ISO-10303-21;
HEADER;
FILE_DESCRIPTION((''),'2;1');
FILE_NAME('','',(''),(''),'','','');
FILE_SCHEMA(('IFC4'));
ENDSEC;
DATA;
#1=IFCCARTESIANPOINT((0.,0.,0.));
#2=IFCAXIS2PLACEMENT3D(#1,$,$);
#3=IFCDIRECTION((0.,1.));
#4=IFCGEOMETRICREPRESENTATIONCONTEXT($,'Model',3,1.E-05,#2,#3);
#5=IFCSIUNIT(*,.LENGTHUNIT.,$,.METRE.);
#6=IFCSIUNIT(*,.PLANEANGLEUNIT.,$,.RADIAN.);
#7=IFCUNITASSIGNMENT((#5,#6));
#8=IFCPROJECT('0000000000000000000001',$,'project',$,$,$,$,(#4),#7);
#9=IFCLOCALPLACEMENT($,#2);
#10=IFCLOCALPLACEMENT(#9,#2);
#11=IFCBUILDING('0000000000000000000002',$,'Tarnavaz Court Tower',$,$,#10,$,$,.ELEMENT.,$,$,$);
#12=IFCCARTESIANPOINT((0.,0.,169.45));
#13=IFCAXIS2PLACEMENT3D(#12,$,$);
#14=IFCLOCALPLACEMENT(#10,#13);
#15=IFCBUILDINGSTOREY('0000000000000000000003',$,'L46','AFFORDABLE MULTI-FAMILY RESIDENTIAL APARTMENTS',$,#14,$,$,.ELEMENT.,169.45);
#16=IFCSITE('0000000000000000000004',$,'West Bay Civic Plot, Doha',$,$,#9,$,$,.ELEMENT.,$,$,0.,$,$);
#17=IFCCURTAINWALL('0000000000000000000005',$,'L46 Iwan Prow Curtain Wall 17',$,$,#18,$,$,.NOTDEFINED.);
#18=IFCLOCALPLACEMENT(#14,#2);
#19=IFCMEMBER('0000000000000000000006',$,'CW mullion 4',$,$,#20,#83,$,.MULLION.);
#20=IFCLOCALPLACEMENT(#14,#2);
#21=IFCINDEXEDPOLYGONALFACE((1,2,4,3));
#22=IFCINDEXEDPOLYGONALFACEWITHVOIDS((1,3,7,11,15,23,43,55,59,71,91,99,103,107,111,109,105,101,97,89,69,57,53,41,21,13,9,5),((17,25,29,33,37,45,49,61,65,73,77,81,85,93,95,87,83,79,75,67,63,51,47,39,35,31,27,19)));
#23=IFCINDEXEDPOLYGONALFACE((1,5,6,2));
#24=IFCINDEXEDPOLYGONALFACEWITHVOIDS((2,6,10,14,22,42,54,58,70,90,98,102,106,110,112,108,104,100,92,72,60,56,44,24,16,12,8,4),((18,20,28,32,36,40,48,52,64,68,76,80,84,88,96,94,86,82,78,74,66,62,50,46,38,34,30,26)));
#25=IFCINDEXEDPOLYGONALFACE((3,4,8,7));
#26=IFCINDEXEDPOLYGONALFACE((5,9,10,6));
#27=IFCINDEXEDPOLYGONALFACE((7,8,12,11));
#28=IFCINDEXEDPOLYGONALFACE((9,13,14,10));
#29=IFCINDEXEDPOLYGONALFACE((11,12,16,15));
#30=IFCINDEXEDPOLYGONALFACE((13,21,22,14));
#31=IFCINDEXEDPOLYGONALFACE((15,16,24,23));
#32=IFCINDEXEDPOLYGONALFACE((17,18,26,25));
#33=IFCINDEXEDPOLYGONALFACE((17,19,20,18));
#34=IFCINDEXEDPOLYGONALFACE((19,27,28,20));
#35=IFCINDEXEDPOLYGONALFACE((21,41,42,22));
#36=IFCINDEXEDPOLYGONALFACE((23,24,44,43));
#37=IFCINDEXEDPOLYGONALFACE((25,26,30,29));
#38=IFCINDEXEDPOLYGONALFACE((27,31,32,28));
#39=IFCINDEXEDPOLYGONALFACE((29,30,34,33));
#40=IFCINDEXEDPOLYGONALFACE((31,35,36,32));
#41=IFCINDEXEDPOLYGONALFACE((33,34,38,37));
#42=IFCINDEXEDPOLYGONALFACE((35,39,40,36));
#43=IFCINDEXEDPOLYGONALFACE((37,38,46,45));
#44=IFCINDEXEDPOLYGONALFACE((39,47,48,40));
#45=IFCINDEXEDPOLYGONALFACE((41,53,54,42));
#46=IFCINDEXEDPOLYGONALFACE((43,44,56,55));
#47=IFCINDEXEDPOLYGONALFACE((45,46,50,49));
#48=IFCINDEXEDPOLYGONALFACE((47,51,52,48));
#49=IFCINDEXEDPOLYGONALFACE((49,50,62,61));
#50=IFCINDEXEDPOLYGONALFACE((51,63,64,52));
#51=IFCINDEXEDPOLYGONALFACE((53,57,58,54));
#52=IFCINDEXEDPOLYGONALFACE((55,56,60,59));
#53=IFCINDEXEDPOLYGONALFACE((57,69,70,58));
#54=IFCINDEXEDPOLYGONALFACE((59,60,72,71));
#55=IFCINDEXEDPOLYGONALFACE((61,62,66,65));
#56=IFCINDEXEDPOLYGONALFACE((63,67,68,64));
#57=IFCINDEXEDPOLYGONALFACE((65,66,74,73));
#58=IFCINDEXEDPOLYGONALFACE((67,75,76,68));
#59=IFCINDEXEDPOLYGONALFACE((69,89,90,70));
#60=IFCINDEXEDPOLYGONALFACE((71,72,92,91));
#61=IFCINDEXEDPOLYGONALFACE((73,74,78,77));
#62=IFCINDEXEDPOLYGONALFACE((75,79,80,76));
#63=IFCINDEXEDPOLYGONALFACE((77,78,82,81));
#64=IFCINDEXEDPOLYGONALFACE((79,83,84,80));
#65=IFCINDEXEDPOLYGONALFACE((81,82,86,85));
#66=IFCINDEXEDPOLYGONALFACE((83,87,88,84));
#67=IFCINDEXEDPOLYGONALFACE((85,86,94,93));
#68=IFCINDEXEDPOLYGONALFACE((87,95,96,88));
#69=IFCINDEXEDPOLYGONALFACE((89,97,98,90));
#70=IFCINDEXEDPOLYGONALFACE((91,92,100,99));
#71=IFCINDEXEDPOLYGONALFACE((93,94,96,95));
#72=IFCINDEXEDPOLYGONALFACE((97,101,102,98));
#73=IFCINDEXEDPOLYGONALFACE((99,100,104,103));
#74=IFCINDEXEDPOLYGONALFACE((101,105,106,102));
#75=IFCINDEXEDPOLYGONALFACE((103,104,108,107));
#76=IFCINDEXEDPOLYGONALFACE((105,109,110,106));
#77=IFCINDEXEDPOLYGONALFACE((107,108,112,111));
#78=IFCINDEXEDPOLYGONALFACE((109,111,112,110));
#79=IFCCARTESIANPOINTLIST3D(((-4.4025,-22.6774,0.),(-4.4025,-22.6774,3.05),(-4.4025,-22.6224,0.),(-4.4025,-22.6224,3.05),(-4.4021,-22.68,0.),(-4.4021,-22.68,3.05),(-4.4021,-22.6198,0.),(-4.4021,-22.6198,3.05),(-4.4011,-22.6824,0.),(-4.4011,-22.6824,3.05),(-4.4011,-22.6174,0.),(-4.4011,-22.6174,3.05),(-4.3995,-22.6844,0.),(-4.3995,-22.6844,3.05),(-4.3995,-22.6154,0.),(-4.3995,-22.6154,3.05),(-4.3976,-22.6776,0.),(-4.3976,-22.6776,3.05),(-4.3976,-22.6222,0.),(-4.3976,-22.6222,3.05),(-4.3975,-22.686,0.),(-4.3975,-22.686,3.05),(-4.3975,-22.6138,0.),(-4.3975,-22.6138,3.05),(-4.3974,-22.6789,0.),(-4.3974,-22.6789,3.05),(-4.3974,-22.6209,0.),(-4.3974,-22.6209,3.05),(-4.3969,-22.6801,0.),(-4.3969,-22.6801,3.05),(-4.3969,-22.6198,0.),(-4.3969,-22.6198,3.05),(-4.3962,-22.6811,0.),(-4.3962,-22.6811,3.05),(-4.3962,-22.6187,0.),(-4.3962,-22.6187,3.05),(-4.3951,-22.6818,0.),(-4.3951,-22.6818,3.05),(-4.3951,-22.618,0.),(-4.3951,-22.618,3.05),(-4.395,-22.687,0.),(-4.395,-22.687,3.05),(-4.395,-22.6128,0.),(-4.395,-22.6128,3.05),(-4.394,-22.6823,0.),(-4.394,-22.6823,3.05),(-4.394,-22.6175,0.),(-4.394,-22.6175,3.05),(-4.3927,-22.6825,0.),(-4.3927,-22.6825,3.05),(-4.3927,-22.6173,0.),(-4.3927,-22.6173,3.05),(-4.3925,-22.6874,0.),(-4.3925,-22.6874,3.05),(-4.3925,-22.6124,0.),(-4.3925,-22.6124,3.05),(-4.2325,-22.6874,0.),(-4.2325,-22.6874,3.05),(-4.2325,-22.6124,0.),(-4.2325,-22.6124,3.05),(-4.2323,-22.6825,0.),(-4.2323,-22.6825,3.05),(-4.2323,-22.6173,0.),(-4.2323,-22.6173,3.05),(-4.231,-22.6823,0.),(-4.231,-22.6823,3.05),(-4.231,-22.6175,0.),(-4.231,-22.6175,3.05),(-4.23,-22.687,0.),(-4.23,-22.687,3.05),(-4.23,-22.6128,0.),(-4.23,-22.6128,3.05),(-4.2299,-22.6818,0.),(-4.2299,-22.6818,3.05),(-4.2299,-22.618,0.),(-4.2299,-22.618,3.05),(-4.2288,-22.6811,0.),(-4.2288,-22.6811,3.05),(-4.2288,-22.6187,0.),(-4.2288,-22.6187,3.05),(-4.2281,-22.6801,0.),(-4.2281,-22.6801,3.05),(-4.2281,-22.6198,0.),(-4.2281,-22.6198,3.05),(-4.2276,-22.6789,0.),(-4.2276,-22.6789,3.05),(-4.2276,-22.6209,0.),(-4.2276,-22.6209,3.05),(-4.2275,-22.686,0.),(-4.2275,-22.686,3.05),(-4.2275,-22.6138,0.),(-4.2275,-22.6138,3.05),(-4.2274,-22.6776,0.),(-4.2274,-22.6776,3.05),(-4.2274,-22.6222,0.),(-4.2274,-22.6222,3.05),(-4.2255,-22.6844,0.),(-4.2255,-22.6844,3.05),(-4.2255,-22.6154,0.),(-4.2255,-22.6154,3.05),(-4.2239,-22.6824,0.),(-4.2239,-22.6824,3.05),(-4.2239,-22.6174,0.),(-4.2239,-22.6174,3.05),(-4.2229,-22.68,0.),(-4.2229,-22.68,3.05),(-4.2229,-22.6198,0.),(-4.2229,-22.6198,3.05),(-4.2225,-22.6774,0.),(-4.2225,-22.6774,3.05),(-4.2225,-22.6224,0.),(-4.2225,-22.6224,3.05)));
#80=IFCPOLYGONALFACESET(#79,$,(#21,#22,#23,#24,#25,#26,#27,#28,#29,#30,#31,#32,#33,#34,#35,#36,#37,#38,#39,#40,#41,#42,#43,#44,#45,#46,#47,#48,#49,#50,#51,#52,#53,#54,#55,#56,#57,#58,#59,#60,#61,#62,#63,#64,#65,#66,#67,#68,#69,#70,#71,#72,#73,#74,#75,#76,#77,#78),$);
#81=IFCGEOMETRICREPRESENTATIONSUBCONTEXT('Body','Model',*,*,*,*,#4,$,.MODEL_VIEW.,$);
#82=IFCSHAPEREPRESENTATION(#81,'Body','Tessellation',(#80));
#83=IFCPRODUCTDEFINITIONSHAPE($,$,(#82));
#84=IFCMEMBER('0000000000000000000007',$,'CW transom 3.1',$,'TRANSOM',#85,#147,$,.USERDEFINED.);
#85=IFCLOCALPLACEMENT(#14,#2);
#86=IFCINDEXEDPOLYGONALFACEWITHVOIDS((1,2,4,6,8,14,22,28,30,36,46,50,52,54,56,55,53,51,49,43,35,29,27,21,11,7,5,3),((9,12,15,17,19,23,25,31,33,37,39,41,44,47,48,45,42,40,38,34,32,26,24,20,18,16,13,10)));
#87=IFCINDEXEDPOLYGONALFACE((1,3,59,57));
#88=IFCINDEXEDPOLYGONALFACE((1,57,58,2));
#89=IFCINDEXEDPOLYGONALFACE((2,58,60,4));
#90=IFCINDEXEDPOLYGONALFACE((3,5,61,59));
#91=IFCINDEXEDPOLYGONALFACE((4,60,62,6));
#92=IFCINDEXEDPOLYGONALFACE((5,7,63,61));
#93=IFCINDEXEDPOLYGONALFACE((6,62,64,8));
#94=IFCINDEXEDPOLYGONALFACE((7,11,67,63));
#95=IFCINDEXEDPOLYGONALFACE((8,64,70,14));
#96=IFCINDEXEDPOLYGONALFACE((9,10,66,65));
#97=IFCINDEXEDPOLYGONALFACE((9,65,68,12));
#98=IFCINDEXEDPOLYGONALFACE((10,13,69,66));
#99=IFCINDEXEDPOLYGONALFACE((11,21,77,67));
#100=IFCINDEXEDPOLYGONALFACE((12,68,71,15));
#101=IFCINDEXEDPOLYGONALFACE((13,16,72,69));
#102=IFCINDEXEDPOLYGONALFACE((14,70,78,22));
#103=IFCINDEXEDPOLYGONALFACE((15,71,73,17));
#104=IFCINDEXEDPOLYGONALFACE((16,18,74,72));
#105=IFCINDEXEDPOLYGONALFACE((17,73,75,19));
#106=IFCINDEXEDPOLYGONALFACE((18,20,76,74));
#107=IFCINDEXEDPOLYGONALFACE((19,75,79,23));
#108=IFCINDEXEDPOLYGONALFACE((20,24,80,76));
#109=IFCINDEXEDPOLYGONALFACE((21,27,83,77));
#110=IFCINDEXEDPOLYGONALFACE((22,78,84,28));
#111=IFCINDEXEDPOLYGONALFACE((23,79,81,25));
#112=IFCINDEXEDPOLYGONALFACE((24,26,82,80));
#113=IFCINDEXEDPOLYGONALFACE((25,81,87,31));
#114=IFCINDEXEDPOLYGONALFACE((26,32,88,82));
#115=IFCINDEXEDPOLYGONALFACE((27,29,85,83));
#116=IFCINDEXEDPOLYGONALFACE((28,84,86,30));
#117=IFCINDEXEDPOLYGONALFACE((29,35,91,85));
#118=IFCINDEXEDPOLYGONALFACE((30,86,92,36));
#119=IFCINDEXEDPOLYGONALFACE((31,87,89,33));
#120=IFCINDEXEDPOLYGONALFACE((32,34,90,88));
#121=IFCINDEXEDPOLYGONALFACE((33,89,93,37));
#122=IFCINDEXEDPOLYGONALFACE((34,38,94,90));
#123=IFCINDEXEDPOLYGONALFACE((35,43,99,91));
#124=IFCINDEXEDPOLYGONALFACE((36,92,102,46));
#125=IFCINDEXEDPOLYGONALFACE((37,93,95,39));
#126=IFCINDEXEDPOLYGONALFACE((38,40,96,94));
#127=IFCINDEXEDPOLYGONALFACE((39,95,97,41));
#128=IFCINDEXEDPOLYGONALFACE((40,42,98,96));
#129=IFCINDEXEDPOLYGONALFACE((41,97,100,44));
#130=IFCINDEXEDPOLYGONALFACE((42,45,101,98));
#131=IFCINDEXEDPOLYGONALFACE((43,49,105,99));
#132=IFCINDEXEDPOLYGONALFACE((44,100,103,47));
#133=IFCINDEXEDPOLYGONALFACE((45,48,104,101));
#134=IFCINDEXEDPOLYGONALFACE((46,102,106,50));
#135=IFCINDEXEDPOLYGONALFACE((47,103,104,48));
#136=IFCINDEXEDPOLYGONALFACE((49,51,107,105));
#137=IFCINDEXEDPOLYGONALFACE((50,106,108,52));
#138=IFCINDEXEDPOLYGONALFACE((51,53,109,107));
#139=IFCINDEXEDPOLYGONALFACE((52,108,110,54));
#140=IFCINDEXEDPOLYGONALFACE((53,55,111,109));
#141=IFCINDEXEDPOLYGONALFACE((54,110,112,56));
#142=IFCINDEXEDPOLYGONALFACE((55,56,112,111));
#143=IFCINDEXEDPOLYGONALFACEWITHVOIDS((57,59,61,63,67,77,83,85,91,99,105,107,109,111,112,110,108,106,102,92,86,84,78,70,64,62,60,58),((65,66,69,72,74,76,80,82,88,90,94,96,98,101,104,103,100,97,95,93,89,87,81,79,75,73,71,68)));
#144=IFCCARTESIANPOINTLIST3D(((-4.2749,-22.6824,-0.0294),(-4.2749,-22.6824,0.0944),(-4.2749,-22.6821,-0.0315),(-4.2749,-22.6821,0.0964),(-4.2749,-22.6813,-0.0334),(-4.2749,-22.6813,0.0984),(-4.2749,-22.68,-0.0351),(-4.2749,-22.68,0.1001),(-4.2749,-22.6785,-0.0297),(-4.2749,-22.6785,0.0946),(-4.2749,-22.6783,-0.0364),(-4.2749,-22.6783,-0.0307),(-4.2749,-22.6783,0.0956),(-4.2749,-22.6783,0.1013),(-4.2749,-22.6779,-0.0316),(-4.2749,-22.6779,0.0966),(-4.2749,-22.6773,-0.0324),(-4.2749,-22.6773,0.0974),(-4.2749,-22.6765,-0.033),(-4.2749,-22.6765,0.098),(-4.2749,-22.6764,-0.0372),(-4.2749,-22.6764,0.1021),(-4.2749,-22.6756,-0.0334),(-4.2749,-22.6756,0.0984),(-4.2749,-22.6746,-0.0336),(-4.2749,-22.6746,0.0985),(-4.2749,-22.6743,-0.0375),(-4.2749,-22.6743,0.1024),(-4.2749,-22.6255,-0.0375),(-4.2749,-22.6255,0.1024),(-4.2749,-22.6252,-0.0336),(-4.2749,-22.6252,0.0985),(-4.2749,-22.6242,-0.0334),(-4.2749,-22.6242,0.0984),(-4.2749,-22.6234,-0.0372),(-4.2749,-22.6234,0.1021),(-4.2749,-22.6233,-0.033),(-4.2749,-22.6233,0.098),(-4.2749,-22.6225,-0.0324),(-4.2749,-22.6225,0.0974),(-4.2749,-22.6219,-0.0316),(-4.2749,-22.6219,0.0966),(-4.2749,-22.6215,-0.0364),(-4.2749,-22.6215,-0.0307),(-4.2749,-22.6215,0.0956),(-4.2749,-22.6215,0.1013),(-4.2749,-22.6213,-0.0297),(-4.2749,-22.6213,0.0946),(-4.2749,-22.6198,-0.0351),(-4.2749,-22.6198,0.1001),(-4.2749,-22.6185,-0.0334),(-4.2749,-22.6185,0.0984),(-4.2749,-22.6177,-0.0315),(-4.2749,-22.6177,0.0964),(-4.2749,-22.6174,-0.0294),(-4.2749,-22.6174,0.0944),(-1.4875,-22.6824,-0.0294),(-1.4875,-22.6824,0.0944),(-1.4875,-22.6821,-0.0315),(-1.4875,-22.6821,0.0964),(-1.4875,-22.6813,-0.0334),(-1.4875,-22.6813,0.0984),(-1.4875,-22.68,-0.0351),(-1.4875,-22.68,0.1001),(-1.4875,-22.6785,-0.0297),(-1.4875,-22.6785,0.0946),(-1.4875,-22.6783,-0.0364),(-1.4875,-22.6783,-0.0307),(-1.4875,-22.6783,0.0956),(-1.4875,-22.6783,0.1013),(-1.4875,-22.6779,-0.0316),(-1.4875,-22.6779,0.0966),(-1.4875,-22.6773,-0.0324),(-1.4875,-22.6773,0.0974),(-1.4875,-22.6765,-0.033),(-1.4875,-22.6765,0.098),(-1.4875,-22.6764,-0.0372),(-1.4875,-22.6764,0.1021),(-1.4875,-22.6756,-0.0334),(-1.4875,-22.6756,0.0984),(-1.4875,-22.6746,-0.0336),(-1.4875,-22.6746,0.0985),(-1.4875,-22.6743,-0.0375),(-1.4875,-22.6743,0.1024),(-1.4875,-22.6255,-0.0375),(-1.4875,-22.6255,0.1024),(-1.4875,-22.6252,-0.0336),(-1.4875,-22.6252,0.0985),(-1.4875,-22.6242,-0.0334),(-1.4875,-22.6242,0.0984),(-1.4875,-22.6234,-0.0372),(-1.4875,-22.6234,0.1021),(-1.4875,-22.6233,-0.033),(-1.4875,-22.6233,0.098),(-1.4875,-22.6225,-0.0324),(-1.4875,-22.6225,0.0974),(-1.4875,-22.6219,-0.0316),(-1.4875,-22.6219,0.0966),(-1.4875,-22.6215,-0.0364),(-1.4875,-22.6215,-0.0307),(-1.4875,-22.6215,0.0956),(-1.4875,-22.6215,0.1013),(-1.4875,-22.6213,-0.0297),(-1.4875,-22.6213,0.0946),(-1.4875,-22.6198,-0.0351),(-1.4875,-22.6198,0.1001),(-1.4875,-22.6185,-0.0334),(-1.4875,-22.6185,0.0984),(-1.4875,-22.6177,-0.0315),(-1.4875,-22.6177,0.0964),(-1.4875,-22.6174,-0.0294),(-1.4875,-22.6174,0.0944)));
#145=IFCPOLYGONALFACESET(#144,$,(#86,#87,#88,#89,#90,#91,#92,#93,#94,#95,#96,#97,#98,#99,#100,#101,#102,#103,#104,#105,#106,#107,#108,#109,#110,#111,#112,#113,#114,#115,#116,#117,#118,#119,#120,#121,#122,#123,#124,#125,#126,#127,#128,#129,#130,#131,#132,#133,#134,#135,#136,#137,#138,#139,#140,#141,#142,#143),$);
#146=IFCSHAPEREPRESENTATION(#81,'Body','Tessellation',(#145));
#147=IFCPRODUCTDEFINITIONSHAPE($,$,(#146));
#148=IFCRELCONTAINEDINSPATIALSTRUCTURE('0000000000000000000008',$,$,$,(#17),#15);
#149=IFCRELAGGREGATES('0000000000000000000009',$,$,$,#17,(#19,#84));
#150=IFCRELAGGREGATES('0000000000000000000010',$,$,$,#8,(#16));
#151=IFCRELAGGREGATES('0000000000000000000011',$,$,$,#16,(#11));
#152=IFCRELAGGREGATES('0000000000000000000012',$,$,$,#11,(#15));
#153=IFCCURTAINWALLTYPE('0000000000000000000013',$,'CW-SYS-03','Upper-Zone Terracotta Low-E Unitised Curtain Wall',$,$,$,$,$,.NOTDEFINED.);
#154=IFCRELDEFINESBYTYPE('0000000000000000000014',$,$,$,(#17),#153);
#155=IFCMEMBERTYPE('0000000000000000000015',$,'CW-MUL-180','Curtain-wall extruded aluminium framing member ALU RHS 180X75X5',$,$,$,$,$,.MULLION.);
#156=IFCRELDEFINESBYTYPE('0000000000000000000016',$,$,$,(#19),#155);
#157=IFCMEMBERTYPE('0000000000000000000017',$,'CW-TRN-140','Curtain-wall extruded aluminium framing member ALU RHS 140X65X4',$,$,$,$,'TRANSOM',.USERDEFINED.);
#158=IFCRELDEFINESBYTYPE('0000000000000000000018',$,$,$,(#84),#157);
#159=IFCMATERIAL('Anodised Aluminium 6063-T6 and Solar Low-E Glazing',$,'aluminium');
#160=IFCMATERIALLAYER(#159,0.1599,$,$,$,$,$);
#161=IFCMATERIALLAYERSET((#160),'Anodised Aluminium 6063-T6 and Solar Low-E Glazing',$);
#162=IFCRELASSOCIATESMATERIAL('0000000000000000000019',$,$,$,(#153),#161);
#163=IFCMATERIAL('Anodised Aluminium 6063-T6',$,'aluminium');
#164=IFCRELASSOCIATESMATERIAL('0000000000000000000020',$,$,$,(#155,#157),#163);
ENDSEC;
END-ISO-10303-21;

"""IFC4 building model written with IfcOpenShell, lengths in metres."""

from ifc_helpers import new_model, si_unit, direction, frame, origin, origin_2d, place, context, subcontext, project, spatial, hollow_rectangle, extrude, material, layer, layer_set, material_profile, profile_set, type_object, element, aggregate, save


model = new_model("IFC4")

# Units and contexts
model_context = context("Model", 3, precision=1e-05, world=origin(), true_north=direction((0.0, 1.0)))
body_context = subcontext(model_context, "Body", "Model", "MODEL_VIEW")
ifc_project = project(units=[si_unit("LENGTHUNIT", "METRE"), si_unit("PLANEANGLEUNIT", "RADIAN")], contexts=[model_context])

# Site, building, storey
site_placement = place(None, origin())
site = spatial("IfcSite", under=ifc_project, at=site_placement, Name="West Bay Civic Plot, Doha", CompositionType="ELEMENT", RefElevation=0.0)
building_placement = place(site_placement, origin())
building = spatial("IfcBuilding", under=site, at=building_placement, Name="Tarnavaz Court Tower", CompositionType="ELEMENT")
storey_placement = place(building_placement, frame((0.0, 0.0, 169.45)))
storey = spatial("IfcBuildingStorey", under=building, at=storey_placement, Name="L46", Description="AFFORDABLE MULTI-FAMILY RESIDENTIAL APARTMENTS", CompositionType="ELEMENT", Elevation=169.45)

# Curtain wall, members
ifc_material_1 = material(Name="Anodised Aluminium 6063-T6 and Solar Low-E Glazing", Category="aluminium")
ifc_layer_1 = layer(ifc_material_1, 0.1599)
ifc_layer_set_1 = layer_set([ifc_layer_1], Name="Anodised Aluminium 6063-T6 and Solar Low-E Glazing")
curtain_wall_type = type_object("IfcCurtainWallType", Name="CW-SYS-03", Description="Upper-Zone Terracotta Low-E Unitised Curtain Wall", PredefinedType="NOTDEFINED", material=ifc_layer_set_1)
curtain_wall_placement = place(storey_placement, origin())
curtain_wall = element("IfcCurtainWall", 1, at=curtain_wall_placement, inside=storey, type_object=curtain_wall_type, Name="L46 Iwan Prow Curtain Wall 17", PredefinedType="NOTDEFINED")
ifc_material_2 = material(Name="Anodised Aluminium 6063-T6", Category="aluminium")
ifc_material_profile_1 = material_profile(ifc_material_2, hollow_rectangle(XDim=0.075, YDim=0.1799, WallThickness=0.0049, InnerFilletRadius=0.0049, OuterFilletRadius=0.01, at=origin_2d()), Name="ALU RHS 180X75X5")
ifc_profile_set_1 = profile_set([ifc_material_profile_1], Name="Anodised Aluminium 6063-T6")
member_type_1 = type_object("IfcMemberType", Name="CW-MUL-180", Description="Curtain-wall extruded aluminium framing member ALU RHS 180X75X5", PredefinedType="MULLION", material=ifc_profile_set_1)
member_1_placement = place(storey_placement, frame((-4.3125, -22.6499, 0.0), z_axis=(0.0, 0.0, 1.0), x_axis=(0.0, -1.0, 0.0)))
member_1 = element("IfcMember", 2, at=member_1_placement, type_object=member_type_1, Name="CW mullion 4", PredefinedType="MULLION", context=body_context, shape_type="SweptSolid", body=[
    extrude(hollow_rectangle(XDim=0.075, YDim=0.1799, WallThickness=0.0049, InnerFilletRadius=0.0049, OuterFilletRadius=0.01, at=origin_2d()), origin(), (0.0, 0.0, 1.0), 3.05),
])
ifc_material_profile_2 = material_profile(ifc_material_2, hollow_rectangle(XDim=0.0649, YDim=0.1399, WallThickness=0.0039, InnerFilletRadius=0.0039, OuterFilletRadius=0.0081, at=origin_2d()), Name="ALU RHS 140X65X4")
ifc_profile_set_2 = profile_set([ifc_material_profile_2], Name="Anodised Aluminium 6063-T6")
member_type_2 = type_object("IfcMemberType", Name="CW-TRN-140", Description="Curtain-wall extruded aluminium framing member ALU RHS 140X65X4", ElementType="TRANSOM", PredefinedType="USERDEFINED", material=ifc_profile_set_2)
member_2_placement = place(storey_placement, frame((-1.4875, -22.6499, 0.0325), z_axis=(-1.0, 0.0, 0.0), x_axis=(0.0, -1.0, 0.0)))
member_2 = element("IfcMember", 3, at=member_2_placement, type_object=member_type_2, Name="CW transom 3.1", ObjectType="TRANSOM", PredefinedType="USERDEFINED", context=body_context, shape_type="SweptSolid", body=[
    extrude(hollow_rectangle(XDim=0.0649, YDim=0.1399, WallThickness=0.0039, InnerFilletRadius=0.0039, OuterFilletRadius=0.0081, at=origin_2d()), origin(), (0.0, 0.0, 1.0), 2.7874),
])
aggregate(curtain_wall, [member_1, member_2])

save(model, "model.ifc")
